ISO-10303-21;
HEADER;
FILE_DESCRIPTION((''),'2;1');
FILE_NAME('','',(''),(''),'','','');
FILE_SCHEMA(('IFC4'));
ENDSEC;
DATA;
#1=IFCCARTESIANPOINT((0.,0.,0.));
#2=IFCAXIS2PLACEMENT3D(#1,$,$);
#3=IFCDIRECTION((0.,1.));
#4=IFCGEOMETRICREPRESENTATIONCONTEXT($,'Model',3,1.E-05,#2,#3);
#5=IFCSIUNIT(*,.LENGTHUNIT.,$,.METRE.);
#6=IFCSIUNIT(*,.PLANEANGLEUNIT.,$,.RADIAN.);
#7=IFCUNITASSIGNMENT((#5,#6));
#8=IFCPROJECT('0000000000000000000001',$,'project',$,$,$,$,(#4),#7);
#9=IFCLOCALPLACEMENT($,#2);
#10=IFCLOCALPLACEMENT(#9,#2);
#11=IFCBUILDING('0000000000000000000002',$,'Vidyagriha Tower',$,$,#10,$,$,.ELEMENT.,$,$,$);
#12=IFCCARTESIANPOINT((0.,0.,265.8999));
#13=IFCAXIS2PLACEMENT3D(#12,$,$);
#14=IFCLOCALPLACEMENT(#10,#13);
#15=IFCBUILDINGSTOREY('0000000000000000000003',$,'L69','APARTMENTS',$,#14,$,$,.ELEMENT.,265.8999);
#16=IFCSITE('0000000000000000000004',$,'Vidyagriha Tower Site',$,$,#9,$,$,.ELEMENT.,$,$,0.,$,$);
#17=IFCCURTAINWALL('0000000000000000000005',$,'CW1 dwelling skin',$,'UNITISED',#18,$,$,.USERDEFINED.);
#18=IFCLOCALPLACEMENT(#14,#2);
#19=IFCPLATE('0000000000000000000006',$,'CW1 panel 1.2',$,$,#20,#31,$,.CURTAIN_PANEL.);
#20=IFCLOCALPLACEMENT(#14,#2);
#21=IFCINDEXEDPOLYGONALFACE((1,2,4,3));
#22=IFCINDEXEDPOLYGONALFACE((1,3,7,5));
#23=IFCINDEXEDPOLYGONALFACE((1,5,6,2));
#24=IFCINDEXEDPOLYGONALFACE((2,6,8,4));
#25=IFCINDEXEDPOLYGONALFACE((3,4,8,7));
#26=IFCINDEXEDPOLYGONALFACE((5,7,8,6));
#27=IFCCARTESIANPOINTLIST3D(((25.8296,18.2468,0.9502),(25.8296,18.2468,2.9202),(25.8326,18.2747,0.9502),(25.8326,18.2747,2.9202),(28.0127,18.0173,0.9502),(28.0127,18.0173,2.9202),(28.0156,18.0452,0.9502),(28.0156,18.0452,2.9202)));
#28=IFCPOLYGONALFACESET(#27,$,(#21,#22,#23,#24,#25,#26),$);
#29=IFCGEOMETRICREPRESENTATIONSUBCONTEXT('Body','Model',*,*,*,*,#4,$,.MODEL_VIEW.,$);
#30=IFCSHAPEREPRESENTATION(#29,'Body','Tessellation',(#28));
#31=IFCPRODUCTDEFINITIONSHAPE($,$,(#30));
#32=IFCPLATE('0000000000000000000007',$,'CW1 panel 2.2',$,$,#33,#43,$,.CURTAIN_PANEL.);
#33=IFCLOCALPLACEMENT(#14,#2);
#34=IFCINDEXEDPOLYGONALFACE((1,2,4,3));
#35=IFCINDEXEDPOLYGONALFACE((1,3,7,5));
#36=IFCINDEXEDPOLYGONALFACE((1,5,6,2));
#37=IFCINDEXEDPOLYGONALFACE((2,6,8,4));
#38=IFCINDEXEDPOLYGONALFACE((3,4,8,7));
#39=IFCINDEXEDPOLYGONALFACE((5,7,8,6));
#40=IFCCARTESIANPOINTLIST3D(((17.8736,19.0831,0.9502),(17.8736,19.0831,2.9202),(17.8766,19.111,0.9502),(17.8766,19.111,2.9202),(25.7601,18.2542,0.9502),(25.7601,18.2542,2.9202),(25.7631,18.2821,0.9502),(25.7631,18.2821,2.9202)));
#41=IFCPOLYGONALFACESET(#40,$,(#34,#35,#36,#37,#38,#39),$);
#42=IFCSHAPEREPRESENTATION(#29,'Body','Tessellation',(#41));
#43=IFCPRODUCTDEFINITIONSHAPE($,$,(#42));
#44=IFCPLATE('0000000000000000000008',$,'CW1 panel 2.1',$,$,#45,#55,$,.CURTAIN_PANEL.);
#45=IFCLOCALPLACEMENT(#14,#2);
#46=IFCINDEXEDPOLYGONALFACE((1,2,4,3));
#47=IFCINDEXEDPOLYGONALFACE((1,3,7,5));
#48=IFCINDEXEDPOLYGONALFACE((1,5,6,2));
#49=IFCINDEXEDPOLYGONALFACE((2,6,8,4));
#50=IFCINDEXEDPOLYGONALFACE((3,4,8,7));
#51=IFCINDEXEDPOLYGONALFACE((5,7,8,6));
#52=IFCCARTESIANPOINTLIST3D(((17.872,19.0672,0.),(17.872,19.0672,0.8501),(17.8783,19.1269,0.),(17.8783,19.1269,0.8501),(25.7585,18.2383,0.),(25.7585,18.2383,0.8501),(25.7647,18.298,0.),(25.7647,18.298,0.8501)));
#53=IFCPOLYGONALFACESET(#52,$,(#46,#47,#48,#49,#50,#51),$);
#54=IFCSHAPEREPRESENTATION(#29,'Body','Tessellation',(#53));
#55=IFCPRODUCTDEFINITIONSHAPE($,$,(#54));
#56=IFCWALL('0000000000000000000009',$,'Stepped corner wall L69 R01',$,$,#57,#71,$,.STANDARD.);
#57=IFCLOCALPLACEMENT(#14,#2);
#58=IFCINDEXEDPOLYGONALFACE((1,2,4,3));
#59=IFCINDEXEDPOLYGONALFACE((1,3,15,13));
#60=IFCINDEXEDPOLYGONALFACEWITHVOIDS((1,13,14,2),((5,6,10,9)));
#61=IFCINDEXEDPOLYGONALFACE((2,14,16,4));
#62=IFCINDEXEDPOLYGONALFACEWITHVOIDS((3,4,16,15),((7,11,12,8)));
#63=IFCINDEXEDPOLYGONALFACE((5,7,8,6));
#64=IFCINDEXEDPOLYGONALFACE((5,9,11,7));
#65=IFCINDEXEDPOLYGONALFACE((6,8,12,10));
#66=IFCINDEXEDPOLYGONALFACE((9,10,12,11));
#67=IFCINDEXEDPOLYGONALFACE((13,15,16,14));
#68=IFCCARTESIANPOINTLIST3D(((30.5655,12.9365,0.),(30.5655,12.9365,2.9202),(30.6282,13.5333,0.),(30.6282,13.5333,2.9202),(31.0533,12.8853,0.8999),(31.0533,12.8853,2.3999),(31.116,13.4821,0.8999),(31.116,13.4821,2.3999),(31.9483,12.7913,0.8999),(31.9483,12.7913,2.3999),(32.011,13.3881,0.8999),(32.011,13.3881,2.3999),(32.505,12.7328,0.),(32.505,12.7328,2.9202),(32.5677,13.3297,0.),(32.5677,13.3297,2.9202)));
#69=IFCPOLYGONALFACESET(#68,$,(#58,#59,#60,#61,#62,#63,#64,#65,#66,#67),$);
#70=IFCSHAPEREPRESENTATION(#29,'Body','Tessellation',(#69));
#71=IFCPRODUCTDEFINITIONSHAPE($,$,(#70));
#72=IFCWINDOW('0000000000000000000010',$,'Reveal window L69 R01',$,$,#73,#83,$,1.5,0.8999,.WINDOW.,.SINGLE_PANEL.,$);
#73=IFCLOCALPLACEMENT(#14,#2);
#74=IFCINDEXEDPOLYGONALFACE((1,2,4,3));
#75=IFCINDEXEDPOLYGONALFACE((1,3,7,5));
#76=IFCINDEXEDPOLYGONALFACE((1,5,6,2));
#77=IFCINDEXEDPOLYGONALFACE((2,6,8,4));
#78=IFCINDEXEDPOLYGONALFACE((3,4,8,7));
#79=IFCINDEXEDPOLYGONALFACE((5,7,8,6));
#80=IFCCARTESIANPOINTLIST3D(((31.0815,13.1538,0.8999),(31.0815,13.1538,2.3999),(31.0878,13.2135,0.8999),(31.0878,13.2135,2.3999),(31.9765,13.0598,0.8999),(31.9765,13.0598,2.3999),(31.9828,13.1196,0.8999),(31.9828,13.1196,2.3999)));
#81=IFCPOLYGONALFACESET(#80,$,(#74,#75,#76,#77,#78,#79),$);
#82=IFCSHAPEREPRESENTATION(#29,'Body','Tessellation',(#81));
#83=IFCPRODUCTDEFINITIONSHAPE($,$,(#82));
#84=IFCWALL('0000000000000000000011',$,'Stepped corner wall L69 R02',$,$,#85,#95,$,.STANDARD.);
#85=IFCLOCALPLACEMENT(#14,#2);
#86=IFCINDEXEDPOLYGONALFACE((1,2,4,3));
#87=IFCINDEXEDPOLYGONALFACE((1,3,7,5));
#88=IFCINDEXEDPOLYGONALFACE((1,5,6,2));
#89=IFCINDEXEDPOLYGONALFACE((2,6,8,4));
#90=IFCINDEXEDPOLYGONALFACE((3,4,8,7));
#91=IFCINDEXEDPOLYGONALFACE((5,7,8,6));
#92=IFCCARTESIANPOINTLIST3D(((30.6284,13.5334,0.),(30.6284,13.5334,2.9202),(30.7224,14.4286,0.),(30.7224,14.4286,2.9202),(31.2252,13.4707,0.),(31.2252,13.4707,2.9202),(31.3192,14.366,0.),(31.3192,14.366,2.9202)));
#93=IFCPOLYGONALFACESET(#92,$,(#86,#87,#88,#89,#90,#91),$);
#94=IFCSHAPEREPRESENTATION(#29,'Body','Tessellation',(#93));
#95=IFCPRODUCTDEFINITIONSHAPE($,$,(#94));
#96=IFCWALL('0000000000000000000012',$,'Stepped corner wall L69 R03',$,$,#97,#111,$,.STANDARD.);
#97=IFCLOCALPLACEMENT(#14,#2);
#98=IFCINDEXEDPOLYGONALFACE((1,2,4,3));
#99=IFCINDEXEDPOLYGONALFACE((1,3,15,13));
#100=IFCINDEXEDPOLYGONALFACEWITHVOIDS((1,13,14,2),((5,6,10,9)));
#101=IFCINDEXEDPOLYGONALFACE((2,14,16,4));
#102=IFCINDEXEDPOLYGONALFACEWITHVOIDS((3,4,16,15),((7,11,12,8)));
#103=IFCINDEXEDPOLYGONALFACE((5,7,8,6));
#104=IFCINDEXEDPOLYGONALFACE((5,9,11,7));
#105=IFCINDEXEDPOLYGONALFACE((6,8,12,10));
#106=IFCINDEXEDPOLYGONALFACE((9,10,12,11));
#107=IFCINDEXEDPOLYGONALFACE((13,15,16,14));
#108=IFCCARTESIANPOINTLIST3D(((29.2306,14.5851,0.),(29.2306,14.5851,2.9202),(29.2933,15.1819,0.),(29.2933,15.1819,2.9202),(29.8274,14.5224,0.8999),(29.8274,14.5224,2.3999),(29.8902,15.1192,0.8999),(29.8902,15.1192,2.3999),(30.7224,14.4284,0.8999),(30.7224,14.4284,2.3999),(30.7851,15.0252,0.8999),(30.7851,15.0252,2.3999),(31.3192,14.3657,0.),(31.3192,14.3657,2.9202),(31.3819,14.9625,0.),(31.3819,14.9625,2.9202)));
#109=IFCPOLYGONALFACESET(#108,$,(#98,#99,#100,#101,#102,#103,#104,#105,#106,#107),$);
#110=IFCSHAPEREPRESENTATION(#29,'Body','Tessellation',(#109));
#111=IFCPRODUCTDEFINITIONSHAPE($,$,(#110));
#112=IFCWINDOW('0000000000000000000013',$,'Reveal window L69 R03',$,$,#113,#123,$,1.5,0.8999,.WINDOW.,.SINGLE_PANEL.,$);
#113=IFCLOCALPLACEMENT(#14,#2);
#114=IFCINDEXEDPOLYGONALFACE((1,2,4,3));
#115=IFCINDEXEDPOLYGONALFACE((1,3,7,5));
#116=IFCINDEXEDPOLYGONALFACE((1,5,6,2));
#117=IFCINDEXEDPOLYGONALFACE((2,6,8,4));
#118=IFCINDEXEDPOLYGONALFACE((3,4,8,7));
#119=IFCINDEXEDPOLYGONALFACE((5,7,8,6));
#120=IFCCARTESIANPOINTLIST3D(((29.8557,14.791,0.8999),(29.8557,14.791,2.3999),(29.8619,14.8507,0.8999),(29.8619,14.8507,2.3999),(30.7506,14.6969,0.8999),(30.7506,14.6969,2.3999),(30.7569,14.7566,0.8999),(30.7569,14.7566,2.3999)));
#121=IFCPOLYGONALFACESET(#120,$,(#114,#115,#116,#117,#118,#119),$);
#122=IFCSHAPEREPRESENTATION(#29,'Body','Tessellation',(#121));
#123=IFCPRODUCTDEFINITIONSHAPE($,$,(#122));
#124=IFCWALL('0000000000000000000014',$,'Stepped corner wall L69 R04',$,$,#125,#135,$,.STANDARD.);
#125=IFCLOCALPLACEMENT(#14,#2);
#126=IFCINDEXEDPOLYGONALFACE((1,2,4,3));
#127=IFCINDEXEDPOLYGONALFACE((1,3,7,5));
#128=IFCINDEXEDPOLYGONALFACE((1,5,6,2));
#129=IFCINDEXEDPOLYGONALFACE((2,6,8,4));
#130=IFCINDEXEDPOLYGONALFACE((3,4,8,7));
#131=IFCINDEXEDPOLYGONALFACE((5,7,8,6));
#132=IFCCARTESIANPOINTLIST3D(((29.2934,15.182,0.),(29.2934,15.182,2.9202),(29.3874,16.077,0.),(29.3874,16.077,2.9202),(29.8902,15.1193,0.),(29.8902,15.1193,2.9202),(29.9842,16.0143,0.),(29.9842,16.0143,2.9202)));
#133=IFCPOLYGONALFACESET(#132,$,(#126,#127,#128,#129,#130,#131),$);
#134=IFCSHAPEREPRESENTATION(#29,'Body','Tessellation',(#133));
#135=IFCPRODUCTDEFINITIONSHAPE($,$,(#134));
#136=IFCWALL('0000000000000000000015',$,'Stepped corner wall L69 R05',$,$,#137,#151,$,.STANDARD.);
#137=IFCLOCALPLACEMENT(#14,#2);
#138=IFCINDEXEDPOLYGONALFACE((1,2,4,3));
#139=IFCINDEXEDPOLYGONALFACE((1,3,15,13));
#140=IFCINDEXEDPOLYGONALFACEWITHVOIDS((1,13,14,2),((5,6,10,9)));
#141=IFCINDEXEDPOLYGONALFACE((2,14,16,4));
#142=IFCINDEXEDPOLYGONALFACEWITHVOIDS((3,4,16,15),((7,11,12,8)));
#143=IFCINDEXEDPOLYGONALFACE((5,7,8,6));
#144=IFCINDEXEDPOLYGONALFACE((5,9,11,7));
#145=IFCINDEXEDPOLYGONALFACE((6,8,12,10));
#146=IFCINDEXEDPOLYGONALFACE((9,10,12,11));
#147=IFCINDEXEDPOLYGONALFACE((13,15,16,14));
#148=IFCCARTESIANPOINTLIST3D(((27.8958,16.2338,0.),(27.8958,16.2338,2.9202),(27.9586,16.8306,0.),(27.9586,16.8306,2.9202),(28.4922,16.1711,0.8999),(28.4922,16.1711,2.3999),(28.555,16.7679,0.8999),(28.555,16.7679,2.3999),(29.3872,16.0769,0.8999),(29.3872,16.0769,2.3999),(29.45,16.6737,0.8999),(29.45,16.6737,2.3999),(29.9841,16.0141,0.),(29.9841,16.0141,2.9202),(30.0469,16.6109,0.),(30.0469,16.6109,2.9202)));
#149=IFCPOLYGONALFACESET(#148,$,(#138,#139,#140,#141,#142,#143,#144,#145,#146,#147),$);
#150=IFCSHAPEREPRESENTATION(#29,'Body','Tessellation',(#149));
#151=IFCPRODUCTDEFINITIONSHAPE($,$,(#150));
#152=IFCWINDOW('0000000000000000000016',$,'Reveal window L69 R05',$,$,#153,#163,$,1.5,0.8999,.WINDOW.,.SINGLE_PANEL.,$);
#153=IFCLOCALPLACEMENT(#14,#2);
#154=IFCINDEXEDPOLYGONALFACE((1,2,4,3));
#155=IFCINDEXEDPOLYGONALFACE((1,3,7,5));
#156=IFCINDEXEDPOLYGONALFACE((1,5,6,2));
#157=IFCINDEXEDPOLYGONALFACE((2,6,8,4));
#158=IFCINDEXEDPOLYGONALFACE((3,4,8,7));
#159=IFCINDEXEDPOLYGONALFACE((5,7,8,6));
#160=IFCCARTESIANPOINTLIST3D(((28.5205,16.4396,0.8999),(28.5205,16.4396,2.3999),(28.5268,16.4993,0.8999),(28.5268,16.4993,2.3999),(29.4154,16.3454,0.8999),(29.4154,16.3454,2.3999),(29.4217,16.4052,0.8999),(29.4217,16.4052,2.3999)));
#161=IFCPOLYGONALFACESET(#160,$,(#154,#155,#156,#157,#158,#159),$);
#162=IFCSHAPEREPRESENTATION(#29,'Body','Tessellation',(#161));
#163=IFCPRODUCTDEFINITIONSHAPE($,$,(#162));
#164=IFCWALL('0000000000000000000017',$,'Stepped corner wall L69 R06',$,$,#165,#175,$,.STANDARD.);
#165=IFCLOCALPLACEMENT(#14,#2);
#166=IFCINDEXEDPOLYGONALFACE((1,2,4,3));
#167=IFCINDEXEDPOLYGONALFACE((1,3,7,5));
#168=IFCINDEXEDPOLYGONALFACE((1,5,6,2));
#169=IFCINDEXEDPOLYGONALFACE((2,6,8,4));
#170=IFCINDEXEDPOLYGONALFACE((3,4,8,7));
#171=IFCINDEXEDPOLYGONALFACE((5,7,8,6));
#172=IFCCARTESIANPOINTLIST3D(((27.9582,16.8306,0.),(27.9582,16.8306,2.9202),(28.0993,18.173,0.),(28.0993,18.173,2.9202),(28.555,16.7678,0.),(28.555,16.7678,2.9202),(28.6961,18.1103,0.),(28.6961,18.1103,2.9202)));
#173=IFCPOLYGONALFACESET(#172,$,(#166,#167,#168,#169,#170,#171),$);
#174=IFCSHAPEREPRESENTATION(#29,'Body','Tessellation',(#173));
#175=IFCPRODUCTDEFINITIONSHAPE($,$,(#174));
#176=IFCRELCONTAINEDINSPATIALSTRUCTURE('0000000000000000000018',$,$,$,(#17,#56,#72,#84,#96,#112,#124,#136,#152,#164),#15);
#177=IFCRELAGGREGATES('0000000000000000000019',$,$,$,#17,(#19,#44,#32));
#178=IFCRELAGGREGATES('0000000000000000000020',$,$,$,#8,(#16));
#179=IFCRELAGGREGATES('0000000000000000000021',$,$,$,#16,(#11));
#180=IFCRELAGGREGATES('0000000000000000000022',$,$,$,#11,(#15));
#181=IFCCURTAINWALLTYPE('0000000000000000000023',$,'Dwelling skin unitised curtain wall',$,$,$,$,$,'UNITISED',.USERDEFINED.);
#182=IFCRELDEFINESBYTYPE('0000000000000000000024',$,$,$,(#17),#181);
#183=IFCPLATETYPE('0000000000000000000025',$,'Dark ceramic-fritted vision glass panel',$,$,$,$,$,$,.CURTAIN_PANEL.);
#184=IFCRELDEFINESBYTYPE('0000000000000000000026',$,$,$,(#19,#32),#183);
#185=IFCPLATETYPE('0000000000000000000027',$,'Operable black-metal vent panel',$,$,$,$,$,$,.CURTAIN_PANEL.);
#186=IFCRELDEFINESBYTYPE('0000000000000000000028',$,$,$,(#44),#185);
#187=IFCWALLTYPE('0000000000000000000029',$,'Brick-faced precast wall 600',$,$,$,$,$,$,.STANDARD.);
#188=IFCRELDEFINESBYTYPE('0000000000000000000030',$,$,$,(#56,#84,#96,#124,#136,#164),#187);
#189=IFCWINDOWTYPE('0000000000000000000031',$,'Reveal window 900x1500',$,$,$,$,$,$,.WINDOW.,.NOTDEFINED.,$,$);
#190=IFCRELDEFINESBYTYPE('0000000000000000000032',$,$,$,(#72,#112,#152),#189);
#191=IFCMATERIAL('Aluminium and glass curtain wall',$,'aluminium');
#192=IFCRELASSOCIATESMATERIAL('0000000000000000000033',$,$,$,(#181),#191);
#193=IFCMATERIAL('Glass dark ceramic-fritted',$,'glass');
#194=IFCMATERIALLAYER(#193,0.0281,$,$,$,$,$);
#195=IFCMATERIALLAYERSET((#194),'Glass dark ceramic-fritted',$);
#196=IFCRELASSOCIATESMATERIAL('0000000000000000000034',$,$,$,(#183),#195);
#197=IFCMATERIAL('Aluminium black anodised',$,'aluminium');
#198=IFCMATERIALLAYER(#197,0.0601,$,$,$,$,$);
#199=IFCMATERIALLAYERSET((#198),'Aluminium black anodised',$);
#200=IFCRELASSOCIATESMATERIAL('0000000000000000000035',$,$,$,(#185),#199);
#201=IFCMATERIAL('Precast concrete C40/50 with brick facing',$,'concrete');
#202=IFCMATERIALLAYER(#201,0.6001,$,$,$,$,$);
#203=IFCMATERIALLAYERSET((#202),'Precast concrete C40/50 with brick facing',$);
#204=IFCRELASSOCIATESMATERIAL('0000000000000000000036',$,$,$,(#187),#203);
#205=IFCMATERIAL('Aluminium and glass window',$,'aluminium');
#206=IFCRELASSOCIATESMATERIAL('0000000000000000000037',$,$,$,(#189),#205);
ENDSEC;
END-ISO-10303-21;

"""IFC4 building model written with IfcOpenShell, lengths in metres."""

from ifc_helpers import new_model, si_unit, direction, frame, frame_2d, origin, origin_2d, place, context, subcontext, project, spatial, rectangle, extrude, material, layer, layer_set, type_object, element, fill, aggregate, save


model = new_model("IFC4")

# Units and contexts
model_context = context("Model", 3, precision=1e-05, world=origin(), true_north=direction((0.0, 1.0)))
body_context = subcontext(model_context, "Body", "Model", "MODEL_VIEW")
ifc_project = project(units=[si_unit("LENGTHUNIT", "METRE"), si_unit("PLANEANGLEUNIT", "RADIAN")], contexts=[model_context])

# Site, building, storey
site_placement = place(None, origin())
site = spatial("IfcSite", under=ifc_project, at=site_placement, Name="Vidyagriha Tower Site", CompositionType="ELEMENT", RefElevation=0.0)
building_placement = place(site_placement, origin())
building = spatial("IfcBuilding", under=site, at=building_placement, Name="Vidyagriha Tower", CompositionType="ELEMENT")
storey_placement = place(building_placement, frame((0.0, 0.0, 265.8999)))
storey = spatial("IfcBuildingStorey", under=building, at=storey_placement, Name="L69", Description="APARTMENTS", CompositionType="ELEMENT", Elevation=265.8999)

# Curtain wall, plates
ifc_material_1 = material(Name="Aluminium and glass curtain wall", Category="aluminium")
curtain_wall_type = type_object("IfcCurtainWallType", Name="Dwelling skin unitised curtain wall", ElementType="UNITISED", PredefinedType="USERDEFINED", material=ifc_material_1)
curtain_wall_placement = place(storey_placement, origin())
curtain_wall = element("IfcCurtainWall", 1, at=curtain_wall_placement, inside=storey, type_object=curtain_wall_type, Name="CW1 dwelling skin", ObjectType="UNITISED", PredefinedType="USERDEFINED")
ifc_material_2 = material(Name="Glass dark ceramic-fritted", Category="glass")
ifc_layer_1 = layer(ifc_material_2, 0.0281)
ifc_layer_set_1 = layer_set([ifc_layer_1], Name="Glass dark ceramic-fritted")
plate_type_1 = type_object("IfcPlateType", Name="Dark ceramic-fritted vision glass panel", PredefinedType="CURTAIN_PANEL", material=ifc_layer_set_1)
plate_1_placement = place(storey_placement, frame((26.9226, 18.146, 0.9502), z_axis=(0.0, 0.0, 1.0), x_axis=(-0.994522, 0.104529, 0.0)))
plate_1 = element("IfcPlate", 2, at=plate_1_placement, type_object=plate_type_1, Name="CW1 panel 1.2", PredefinedType="CURTAIN_PANEL", context=body_context, shape_type="SweptSolid", body=[
    extrude(rectangle(XDim=2.1951, YDim=0.0281, at=origin_2d()), origin(), (0.0, 0.0, 1.0), 1.97),
])
plate_2_placement = place(storey_placement, frame((21.8184, 18.6826, 0.9502), z_axis=(0.0, 0.0, 1.0), x_axis=(-0.994522, 0.104529, 0.0)))
plate_2 = element("IfcPlate", 3, at=plate_2_placement, type_object=plate_type_1, Name="CW1 panel 2.2", PredefinedType="CURTAIN_PANEL", context=body_context, shape_type="SweptSolid", body=[
    extrude(rectangle(XDim=7.9299, YDim=0.0281, at=origin_2d()), origin(), (0.0, 0.0, 1.0), 1.97),
])
ifc_material_3 = material(Name="Aluminium black anodised", Category="aluminium")
ifc_layer_2 = layer(ifc_material_3, 0.0601)
ifc_layer_set_2 = layer_set([ifc_layer_2], Name="Aluminium black anodised")
plate_type_2 = type_object("IfcPlateType", Name="Operable black-metal vent panel", PredefinedType="CURTAIN_PANEL", material=ifc_layer_set_2)
plate_3_placement = place(storey_placement, frame((21.8184, 18.6826, 0.0), z_axis=(0.0, 0.0, 1.0), x_axis=(-0.994522, 0.104529, 0.0)))
plate_3 = element("IfcPlate", 4, at=plate_3_placement, type_object=plate_type_2, Name="CW1 panel 2.1", PredefinedType="CURTAIN_PANEL", context=body_context, shape_type="SweptSolid", body=[
    extrude(rectangle(XDim=7.9299, YDim=0.0601, at=origin_2d()), origin(), (0.0, 0.0, 1.0), 0.8501),
])
aggregate(curtain_wall, [plate_1, plate_3, plate_2])

# Wall, opening, window
ifc_material_4 = material(Name="Precast concrete C40/50 with brick facing", Category="concrete")
ifc_layer_3 = layer(ifc_material_4, 0.6001)
ifc_layer_set_3 = layer_set([ifc_layer_3], Name="Precast concrete C40/50 with brick facing")
wall_type_1 = type_object("IfcWallType", Name="Brick-faced precast wall 600", PredefinedType="STANDARD", material=ifc_layer_set_3)
wall_1_placement = place(storey_placement, frame((32.5364, 13.0312, 0.0), z_axis=(0.0, 0.0, 1.0), x_axis=(-0.994534, 0.104411, 0.0)))
wall_1 = element("IfcWall", 5, at=wall_1_placement, inside=storey, type_object=wall_type_1, Name="Stepped corner wall L69 R01", PredefinedType="STANDARD", context=body_context, shape_type="SweptSolid", body=[
    extrude(rectangle(XDim=1.9502, YDim=0.6001, at=frame_2d((0.9751, 0.0))), origin(), (0.0, 0.0, 1.0), 2.9202),
])
opening_1_placement = place(wall_1_placement, frame((0.5598, 0.0, 0.8999)))
opening_1 = element("IfcOpeningElement", 6, at=opening_1_placement, cuts=wall_1, PredefinedType="OPENING", context=body_context, shape_type="SweptSolid", body=[
    extrude(rectangle(XDim=0.8999, YDim=1.5, at=frame_2d((0.45, 0.75))), frame((0.0, 0.3101, 0.0), z_axis=(0.0, -1.0, 0.0), x_axis=(1.0, 0.0, 0.0)), (0.0, 0.0, 1.0), 0.6201),
])
ifc_material_5 = material(Name="Aluminium and glass window", Category="aluminium")
window_type = type_object("IfcWindowType", Name="Reveal window 900x1500", PartitioningType="NOTDEFINED", PredefinedType="WINDOW", material=ifc_material_5)
window_1_placement = place(opening_1_placement, origin())
window_1 = element("IfcWindow", 7, at=window_1_placement, inside=storey, type_object=window_type, Name="Reveal window L69 R01", OverallHeight=1.5, OverallWidth=0.8999, PartitioningType="SINGLE_PANEL", PredefinedType="WINDOW", context=body_context, shape_type="SweptSolid", body=[
    extrude(rectangle(XDim=0.8999, YDim=1.5, at=frame_2d((0.45, 0.75))), frame((0.0, 0.03, 0.0), z_axis=(0.0, -1.0, 0.0), x_axis=(1.0, 0.0, 0.0)), (0.0, 0.0, 1.0), 0.0601),
])
fill(opening_1, window_1)

# Wall
wall_2_placement = place(storey_placement, frame((30.9268, 13.502, 0.0), z_axis=(0.0, 0.0, 1.0), x_axis=(0.104417, 0.994534, 0.0)))
element("IfcWall", 8, at=wall_2_placement, inside=storey, type_object=wall_type_1, Name="Stepped corner wall L69 R02", PredefinedType="STANDARD", context=body_context, shape_type="SweptSolid", body=[
    extrude(rectangle(XDim=0.9001, YDim=0.6001, at=frame_2d((0.4502, 0.0))), origin(), (0.0, 0.0, 1.0), 2.9202),
])

# Wall, opening, window
wall_3_placement = place(storey_placement, frame((31.3506, 14.6641, 0.0), z_axis=(0.0, 0.0, 1.0), x_axis=(-0.994524, 0.104509, 0.0)))
wall_3 = element("IfcWall", 9, at=wall_3_placement, inside=storey, type_object=wall_type_1, Name="Stepped corner wall L69 R03", PredefinedType="STANDARD", context=body_context, shape_type="SweptSolid", body=[
    extrude(rectangle(XDim=2.1001, YDim=0.6001, at=frame_2d((1.05, 0.0))), origin(), (0.0, 0.0, 1.0), 2.9202),
])
opening_2_placement = place(wall_3_placement, frame((0.6001, 0.0, 0.8999)))
opening_2 = element("IfcOpeningElement", 10, at=opening_2_placement, cuts=wall_3, PredefinedType="OPENING", context=body_context, shape_type="SweptSolid", body=[
    extrude(rectangle(XDim=0.8999, YDim=1.5, at=frame_2d((0.45, 0.75))), frame((0.0, 0.3101, 0.0), z_axis=(0.0, -1.0, 0.0), x_axis=(1.0, 0.0, 0.0)), (0.0, 0.0, 1.0), 0.6201),
])
window_2_placement = place(opening_2_placement, origin())
window_2 = element("IfcWindow", 11, at=window_2_placement, inside=storey, type_object=window_type, Name="Reveal window L69 R03", OverallHeight=1.5, OverallWidth=0.8999, PartitioningType="SINGLE_PANEL", PredefinedType="WINDOW", context=body_context, shape_type="SweptSolid", body=[
    extrude(rectangle(XDim=0.8999, YDim=1.5, at=frame_2d((0.45, 0.75))), frame((0.0, 0.03, 0.0), z_axis=(0.0, -1.0, 0.0), x_axis=(1.0, 0.0, 0.0)), (0.0, 0.0, 1.0), 0.0601),
])
fill(opening_2, window_2)

# Wall
wall_4_placement = place(storey_placement, frame((29.5918, 15.1506, 0.0), z_axis=(0.0, 0.0, 1.0), x_axis=(0.104445, 0.994531, 0.0)))
element("IfcWall", 12, at=wall_4_placement, inside=storey, type_object=wall_type_1, Name="Stepped corner wall L69 R04", PredefinedType="STANDARD", context=body_context, shape_type="SweptSolid", body=[
    extrude(rectangle(XDim=0.8999, YDim=0.6001, at=frame_2d((0.45, 0.0))), origin(), (0.0, 0.0, 1.0), 2.9202),
])

# Wall, opening, window
wall_5_placement = place(storey_placement, frame((30.0154, 16.3125, 0.0), z_axis=(0.0, 0.0, 1.0), x_axis=(-0.994511, 0.104636, 0.0)))
wall_5 = element("IfcWall", 13, at=wall_5_placement, inside=storey, type_object=wall_type_1, Name="Stepped corner wall L69 R05", PredefinedType="STANDARD", context=body_context, shape_type="SweptSolid", body=[
    extrude(rectangle(XDim=2.0999, YDim=0.6001, at=frame_2d((1.0498, 0.0))), origin(), (0.0, 0.0, 1.0), 2.9202),
])
opening_3_placement = place(wall_5_placement, frame((0.6001, 0.0, 0.8999)))
opening_3 = element("IfcOpeningElement", 14, at=opening_3_placement, cuts=wall_5, PredefinedType="OPENING", context=body_context, shape_type="SweptSolid", body=[
    extrude(rectangle(XDim=0.8999, YDim=1.5, at=frame_2d((0.45, 0.75))), frame((0.0, 0.3101, 0.0), z_axis=(0.0, -1.0, 0.0), x_axis=(1.0, 0.0, 0.0)), (0.0, 0.0, 1.0), 0.6201),
])
window_3_placement = place(opening_3_placement, origin())
window_3 = element("IfcWindow", 15, at=window_3_placement, inside=storey, type_object=window_type, Name="Reveal window L69 R05", OverallHeight=1.5, OverallWidth=0.8999, PartitioningType="SINGLE_PANEL", PredefinedType="WINDOW", context=body_context, shape_type="SweptSolid", body=[
    extrude(rectangle(XDim=0.8999, YDim=1.5, at=frame_2d((0.45, 0.75))), frame((0.0, 0.03, 0.0), z_axis=(0.0, -1.0, 0.0), x_axis=(1.0, 0.0, 0.0)), (0.0, 0.0, 1.0), 0.0601),
])
fill(opening_3, window_3)

# Wall
wall_6_placement = place(storey_placement, frame((28.2566, 16.7993, 0.0), z_axis=(0.0, 0.0, 1.0), x_axis=(0.104534, 0.994521, 0.0)))
element("IfcWall", 16, at=wall_6_placement, inside=storey, type_object=wall_type_1, Name="Stepped corner wall L69 R06", PredefinedType="STANDARD", context=body_context, shape_type="SweptSolid", body=[
    extrude(rectangle(XDim=1.3499, YDim=0.6001, at=frame_2d((0.6748, 0.0))), origin(), (0.0, 0.0, 1.0), 2.9202),
])

save(model, "model.ifc")
